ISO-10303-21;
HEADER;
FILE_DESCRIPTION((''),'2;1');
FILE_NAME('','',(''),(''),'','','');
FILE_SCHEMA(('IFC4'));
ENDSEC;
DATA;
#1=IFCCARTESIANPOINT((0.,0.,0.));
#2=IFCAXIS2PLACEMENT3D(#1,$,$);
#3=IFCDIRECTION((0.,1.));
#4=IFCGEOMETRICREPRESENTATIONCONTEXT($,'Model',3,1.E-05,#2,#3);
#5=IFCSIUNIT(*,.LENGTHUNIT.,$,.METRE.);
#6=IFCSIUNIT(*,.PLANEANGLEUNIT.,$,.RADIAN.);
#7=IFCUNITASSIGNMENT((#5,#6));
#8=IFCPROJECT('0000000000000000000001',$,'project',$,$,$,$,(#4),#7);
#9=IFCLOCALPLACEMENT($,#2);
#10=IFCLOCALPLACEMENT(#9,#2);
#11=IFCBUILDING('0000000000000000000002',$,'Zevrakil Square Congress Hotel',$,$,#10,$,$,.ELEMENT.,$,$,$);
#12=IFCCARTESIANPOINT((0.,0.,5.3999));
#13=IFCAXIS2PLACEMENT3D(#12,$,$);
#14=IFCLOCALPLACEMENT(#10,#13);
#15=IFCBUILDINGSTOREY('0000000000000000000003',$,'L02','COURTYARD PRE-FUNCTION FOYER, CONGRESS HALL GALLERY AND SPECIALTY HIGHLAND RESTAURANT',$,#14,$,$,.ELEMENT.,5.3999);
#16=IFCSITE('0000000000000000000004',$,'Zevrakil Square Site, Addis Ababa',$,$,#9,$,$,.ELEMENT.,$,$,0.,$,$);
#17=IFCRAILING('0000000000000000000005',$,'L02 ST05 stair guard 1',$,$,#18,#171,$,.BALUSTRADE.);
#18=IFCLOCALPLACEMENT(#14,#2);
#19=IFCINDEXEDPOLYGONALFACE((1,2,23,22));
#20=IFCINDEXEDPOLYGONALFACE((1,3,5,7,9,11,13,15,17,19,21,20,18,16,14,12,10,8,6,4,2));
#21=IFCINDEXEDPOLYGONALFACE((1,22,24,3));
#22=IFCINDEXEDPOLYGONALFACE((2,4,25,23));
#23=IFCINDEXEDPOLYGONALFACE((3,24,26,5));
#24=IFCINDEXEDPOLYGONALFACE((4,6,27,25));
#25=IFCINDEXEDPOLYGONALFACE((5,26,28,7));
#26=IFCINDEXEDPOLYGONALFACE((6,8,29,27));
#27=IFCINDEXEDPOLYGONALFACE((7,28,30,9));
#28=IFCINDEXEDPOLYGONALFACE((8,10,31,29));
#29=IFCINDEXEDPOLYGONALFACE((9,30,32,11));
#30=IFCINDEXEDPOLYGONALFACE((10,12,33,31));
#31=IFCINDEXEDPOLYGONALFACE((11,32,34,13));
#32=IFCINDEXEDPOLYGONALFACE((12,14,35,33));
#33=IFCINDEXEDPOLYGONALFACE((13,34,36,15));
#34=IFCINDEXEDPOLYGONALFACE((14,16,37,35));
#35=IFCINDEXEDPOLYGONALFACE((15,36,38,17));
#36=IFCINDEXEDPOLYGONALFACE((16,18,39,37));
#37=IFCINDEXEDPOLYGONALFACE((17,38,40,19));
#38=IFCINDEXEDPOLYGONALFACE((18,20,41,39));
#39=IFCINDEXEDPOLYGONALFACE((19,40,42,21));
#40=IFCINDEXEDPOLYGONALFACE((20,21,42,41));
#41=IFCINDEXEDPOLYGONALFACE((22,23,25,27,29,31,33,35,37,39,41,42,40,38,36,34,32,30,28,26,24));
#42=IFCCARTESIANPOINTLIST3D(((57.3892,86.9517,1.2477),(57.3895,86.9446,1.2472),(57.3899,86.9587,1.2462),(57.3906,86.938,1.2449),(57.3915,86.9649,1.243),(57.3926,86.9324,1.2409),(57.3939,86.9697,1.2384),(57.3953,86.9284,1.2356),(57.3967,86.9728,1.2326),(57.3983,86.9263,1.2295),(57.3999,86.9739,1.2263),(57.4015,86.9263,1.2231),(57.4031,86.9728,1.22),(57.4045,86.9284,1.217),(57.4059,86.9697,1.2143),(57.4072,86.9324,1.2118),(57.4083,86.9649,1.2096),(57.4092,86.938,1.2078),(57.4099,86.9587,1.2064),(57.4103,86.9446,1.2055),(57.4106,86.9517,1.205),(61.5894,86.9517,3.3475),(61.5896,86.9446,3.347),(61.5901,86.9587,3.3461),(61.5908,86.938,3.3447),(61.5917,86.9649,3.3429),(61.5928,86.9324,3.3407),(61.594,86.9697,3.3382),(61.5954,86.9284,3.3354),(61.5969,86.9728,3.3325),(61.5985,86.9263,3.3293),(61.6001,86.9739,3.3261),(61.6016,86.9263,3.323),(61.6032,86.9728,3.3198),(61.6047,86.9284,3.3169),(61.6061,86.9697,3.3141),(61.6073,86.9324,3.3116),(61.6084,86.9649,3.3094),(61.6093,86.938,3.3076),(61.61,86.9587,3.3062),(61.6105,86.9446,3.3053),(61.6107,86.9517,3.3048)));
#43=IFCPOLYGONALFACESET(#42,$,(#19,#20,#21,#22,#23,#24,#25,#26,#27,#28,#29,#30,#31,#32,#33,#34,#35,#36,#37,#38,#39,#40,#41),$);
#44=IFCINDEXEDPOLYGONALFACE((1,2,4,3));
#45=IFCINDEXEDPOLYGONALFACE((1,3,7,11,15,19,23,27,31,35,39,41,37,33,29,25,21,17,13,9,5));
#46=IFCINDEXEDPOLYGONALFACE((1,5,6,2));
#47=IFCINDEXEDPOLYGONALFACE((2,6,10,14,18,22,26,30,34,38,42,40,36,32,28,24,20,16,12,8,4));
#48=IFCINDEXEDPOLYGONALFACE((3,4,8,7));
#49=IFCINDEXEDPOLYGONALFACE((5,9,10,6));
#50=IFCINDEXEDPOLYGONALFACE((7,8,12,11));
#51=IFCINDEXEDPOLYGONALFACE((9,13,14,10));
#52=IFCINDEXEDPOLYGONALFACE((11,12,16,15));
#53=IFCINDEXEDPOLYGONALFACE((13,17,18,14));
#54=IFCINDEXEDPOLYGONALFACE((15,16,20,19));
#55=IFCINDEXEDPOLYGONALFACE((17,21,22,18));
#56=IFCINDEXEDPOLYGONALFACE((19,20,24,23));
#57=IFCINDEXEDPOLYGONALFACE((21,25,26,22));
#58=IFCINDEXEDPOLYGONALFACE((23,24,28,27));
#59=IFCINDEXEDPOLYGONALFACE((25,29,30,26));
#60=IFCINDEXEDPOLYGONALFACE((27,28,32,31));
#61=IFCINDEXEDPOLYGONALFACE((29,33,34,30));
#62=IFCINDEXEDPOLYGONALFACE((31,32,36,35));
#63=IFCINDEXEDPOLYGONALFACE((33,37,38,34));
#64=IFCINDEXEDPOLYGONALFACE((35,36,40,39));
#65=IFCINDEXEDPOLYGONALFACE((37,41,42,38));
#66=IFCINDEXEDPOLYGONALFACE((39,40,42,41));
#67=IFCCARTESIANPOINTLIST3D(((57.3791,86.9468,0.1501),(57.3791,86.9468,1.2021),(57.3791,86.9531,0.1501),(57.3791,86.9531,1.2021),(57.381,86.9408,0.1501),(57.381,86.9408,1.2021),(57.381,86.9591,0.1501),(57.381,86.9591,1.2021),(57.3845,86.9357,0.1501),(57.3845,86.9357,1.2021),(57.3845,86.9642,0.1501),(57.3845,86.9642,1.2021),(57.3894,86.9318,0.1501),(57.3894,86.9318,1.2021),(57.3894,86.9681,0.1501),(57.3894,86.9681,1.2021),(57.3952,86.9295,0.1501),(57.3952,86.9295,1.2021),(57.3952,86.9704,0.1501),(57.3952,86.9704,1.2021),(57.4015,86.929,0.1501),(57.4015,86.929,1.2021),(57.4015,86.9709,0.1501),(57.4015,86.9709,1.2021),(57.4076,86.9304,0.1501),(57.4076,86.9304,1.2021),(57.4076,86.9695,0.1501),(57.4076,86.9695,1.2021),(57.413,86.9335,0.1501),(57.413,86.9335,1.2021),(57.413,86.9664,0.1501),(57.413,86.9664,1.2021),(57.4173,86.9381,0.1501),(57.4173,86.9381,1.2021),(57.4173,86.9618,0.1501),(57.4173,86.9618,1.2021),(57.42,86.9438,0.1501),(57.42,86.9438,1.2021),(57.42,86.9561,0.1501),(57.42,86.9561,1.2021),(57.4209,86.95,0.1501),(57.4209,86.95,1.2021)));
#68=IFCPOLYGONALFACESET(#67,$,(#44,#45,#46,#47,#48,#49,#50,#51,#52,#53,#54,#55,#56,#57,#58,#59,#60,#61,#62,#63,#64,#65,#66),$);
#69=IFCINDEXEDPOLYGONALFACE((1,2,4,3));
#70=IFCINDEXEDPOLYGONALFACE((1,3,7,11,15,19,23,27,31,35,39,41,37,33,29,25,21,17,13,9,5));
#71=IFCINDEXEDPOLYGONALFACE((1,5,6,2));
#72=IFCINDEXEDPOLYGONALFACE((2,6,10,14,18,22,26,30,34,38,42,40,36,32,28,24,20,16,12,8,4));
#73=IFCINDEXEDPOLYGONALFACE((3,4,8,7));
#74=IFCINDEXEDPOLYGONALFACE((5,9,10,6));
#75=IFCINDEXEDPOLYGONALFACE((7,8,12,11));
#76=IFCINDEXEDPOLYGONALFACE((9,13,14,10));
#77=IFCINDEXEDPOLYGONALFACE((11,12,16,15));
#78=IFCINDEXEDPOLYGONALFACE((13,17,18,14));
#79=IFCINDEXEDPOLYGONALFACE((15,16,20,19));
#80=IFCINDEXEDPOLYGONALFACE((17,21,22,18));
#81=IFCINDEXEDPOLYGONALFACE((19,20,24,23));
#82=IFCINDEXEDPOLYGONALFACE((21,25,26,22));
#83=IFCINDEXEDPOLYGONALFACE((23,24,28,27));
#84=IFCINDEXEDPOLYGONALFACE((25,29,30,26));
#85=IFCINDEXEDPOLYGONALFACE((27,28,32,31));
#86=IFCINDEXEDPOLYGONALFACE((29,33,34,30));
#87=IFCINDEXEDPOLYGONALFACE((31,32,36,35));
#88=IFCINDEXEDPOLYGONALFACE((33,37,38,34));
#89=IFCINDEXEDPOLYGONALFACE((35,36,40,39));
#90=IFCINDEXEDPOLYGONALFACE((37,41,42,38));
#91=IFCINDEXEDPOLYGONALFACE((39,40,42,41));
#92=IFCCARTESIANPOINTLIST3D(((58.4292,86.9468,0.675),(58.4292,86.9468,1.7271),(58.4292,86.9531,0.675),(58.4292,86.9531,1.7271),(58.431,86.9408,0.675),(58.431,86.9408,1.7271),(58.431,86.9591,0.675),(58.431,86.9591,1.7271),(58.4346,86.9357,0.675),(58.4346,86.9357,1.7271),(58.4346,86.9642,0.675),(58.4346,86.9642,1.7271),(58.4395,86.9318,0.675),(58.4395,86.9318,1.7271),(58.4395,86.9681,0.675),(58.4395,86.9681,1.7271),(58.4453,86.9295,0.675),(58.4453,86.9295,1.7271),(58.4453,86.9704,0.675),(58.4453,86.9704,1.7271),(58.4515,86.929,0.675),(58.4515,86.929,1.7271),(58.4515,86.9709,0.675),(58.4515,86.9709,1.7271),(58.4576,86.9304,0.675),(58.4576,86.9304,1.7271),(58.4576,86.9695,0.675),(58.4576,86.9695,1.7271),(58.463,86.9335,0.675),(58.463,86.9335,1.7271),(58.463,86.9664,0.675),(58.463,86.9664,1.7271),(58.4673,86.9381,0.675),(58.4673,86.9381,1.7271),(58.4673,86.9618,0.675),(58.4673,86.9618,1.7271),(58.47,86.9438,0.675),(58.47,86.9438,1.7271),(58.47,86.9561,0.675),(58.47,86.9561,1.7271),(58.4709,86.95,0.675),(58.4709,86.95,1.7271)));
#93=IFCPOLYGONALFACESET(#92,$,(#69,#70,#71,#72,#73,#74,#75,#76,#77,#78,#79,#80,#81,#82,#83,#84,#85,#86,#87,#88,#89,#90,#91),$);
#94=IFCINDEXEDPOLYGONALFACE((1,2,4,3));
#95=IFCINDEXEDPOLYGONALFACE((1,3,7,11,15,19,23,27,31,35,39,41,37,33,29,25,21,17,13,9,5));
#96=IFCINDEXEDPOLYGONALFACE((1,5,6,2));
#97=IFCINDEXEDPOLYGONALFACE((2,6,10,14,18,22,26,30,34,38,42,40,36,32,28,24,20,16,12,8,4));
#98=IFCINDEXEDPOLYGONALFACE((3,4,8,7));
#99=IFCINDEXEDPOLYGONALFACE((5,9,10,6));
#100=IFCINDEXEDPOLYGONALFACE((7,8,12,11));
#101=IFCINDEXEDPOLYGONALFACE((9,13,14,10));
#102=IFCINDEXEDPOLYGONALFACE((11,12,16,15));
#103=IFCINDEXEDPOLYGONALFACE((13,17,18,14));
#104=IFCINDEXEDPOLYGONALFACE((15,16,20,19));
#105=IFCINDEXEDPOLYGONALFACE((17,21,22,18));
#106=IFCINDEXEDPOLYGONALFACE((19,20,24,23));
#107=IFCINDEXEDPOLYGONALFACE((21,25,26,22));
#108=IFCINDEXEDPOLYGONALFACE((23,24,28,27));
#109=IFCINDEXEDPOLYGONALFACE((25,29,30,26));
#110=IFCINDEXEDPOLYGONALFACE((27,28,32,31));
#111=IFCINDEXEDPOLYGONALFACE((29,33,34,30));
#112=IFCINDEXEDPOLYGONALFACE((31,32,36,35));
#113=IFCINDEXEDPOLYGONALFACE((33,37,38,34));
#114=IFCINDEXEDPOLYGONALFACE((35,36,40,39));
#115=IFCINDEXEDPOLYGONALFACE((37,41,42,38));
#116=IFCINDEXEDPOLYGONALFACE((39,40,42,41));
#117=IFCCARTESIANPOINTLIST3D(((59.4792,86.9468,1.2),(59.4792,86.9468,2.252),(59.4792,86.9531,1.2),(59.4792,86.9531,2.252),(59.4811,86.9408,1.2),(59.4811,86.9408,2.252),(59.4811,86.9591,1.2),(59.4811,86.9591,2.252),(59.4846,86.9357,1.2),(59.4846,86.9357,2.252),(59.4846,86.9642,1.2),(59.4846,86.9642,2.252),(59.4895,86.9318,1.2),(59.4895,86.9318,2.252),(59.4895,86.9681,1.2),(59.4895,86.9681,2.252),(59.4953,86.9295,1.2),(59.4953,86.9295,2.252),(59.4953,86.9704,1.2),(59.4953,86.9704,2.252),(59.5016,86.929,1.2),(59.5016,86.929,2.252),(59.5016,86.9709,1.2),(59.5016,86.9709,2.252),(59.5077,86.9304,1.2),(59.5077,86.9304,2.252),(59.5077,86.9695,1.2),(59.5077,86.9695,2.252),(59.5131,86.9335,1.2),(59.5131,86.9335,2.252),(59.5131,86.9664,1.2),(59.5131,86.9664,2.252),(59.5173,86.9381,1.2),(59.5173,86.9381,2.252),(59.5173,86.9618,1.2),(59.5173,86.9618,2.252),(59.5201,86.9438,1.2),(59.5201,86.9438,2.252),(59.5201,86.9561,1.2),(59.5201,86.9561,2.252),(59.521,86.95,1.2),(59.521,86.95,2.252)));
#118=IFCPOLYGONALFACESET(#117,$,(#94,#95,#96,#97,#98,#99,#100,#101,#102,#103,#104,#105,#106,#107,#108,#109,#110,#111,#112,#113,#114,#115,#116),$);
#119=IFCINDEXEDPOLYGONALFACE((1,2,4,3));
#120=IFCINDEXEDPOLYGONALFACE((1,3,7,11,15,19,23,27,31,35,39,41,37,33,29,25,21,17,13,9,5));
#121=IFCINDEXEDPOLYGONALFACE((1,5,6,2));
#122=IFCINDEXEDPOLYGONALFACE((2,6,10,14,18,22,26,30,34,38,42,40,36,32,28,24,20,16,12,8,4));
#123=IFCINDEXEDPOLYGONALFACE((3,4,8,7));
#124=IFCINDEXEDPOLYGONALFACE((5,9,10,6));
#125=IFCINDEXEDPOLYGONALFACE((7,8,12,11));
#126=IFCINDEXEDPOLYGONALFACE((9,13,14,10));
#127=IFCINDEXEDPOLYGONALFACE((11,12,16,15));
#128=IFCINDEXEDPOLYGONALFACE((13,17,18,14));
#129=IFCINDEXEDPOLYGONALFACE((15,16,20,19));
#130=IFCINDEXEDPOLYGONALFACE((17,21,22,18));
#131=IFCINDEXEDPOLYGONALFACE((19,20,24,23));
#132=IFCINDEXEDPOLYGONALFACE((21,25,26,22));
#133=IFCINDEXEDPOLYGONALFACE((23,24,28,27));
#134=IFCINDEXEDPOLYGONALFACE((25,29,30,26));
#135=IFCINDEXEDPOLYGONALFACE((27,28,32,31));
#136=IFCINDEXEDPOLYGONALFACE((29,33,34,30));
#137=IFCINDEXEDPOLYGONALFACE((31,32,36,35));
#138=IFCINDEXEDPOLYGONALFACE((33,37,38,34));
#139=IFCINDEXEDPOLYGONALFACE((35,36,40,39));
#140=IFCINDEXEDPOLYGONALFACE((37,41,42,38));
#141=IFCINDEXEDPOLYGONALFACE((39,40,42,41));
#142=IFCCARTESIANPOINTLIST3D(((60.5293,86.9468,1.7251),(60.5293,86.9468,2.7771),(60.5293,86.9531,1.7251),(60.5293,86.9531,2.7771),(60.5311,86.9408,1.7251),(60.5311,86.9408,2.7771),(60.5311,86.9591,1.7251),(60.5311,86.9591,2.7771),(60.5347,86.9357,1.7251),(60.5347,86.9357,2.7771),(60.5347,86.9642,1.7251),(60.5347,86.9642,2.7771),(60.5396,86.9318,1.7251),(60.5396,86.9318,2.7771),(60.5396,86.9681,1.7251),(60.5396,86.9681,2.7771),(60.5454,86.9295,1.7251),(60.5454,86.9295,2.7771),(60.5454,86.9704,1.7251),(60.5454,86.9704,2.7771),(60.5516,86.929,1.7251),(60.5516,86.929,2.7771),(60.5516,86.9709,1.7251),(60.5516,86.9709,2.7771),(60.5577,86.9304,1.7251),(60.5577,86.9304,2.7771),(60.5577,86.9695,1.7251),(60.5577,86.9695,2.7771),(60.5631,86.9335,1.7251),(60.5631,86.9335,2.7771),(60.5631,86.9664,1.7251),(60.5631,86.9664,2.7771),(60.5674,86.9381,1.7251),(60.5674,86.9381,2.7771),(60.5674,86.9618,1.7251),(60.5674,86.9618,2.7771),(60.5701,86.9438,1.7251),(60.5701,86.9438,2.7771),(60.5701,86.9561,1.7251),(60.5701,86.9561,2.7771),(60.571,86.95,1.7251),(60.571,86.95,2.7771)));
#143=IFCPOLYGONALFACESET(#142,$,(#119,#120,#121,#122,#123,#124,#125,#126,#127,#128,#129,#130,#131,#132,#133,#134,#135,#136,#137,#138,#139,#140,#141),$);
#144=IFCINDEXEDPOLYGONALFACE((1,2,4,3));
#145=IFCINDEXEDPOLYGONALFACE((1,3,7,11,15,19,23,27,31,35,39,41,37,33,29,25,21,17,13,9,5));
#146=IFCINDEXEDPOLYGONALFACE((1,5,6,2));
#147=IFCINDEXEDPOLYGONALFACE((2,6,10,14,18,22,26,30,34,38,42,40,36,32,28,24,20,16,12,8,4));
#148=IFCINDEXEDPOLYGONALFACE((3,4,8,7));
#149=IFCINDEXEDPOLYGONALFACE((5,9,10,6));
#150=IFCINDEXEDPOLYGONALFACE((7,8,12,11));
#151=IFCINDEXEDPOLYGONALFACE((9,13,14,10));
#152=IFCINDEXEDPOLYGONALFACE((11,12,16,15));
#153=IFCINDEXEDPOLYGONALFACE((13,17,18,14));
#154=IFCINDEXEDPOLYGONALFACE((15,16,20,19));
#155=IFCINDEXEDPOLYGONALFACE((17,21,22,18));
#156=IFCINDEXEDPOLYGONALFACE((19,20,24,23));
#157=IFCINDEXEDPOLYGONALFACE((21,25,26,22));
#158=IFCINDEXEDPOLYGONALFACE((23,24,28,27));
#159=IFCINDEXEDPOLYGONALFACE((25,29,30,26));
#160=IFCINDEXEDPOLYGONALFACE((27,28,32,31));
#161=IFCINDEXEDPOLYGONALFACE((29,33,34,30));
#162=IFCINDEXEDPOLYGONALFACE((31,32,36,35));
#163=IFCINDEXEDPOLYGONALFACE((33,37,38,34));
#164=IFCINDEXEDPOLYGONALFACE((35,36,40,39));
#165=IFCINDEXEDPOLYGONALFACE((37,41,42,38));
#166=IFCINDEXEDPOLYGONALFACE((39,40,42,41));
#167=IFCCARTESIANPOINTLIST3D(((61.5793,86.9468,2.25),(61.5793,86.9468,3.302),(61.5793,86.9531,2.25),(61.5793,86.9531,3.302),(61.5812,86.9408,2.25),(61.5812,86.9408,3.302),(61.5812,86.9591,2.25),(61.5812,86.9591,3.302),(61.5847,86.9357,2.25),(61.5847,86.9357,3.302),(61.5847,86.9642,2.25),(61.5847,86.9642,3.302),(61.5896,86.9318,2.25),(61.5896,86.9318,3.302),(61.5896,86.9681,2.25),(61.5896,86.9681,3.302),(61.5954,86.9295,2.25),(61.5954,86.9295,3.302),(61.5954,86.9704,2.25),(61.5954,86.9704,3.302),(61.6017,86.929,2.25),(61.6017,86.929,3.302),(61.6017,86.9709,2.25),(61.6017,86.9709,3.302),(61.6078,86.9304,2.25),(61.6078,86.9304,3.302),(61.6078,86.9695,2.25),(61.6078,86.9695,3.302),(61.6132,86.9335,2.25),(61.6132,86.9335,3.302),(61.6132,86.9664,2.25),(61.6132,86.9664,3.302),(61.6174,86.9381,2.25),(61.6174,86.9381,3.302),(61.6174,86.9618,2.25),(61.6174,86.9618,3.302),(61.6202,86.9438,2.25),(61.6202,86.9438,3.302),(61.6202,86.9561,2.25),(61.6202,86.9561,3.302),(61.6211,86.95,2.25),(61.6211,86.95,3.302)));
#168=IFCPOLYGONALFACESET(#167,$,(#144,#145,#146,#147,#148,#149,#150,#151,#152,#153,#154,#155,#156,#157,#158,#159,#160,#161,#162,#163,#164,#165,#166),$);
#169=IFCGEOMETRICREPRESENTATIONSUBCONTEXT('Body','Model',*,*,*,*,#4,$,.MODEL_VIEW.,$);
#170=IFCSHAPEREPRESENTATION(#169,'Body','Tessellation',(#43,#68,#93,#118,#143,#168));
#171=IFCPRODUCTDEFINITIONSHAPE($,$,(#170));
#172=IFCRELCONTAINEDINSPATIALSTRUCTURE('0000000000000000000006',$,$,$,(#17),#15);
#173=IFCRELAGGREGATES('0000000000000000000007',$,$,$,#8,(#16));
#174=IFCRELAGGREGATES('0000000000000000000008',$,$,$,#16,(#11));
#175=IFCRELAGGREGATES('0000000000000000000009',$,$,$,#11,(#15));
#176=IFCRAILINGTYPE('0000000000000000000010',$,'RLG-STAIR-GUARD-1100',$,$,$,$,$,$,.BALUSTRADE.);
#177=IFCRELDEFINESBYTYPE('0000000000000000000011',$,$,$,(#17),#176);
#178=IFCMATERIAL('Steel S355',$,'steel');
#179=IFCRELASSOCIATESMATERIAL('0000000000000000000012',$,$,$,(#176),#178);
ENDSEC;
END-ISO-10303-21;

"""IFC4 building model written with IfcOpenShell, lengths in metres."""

from ifc_helpers import new_model, si_unit, direction, frame, origin, origin_2d, place, context, subcontext, project, spatial, circle, extrude, material, type_object, element, save


model = new_model("IFC4")

# Units and contexts
model_context = context("Model", 3, precision=1e-05, world=origin(), true_north=direction((0.0, 1.0)))
body_context = subcontext(model_context, "Body", "Model", "MODEL_VIEW")
ifc_project = project(units=[si_unit("LENGTHUNIT", "METRE"), si_unit("PLANEANGLEUNIT", "RADIAN")], contexts=[model_context])

# Site, building, storey
site_placement = place(None, origin())
site = spatial("IfcSite", under=ifc_project, at=site_placement, Name="Zevrakil Square Site, Addis Ababa", CompositionType="ELEMENT", RefElevation=0.0)
building_placement = place(site_placement, origin())
building = spatial("IfcBuilding", under=site, at=building_placement, Name="Zevrakil Square Congress Hotel", CompositionType="ELEMENT")
storey_placement = place(building_placement, frame((0.0, 0.0, 5.3999)))
storey = spatial("IfcBuildingStorey", under=building, at=storey_placement, Name="L02", Description="COURTYARD PRE-FUNCTION FOYER, CONGRESS HALL GALLERY AND SPECIALTY HIGHLAND RESTAURANT", CompositionType="ELEMENT", Elevation=5.3999)

# Railing
ifc_material_1 = material(Name="Steel S355", Category="steel")
railing_type_1 = type_object("IfcRailingType", Name="RLG-STAIR-GUARD-1100", PredefinedType="BALUSTRADE", material=ifc_material_1)
railing_1_placement = place(storey_placement, frame((57.3999, 86.95, 0.1501)))
element("IfcRailing", 1, at=railing_1_placement, inside=storey, type_object=railing_type_1, Name="L02 ST05 stair guard 1", PredefinedType="BALUSTRADE", context=body_context, shape_type="SweptSolid", body=[
    extrude(circle(Radius=0.0239, at=origin_2d()), frame((0.0, 0.0, 1.0762), z_axis=(0.894448, 0.0, 0.447172), x_axis=(0.0, 1.0, 0.0)), (0.0, 0.0, 1.0), 4.6958),
    extrude(circle(Radius=0.021, at=origin_2d()), origin(), (0.0, 0.0, 1.0), 1.052),
    extrude(circle(Radius=0.021, at=origin_2d()), frame((1.05, 0.0, 0.5249)), (0.0, 0.0, 1.0), 1.052),
    extrude(circle(Radius=0.021, at=origin_2d()), frame((2.1001, 0.0, 1.0498)), (0.0, 0.0, 1.0), 1.052),
    extrude(circle(Radius=0.021, at=origin_2d()), frame((3.1501, 0.0, 1.575)), (0.0, 0.0, 1.0), 1.052),
    extrude(circle(Radius=0.021, at=origin_2d()), frame((4.2002, 0.0, 2.0999)), (0.0, 0.0, 1.0), 1.052),
])

save(model, "model.ifc")
